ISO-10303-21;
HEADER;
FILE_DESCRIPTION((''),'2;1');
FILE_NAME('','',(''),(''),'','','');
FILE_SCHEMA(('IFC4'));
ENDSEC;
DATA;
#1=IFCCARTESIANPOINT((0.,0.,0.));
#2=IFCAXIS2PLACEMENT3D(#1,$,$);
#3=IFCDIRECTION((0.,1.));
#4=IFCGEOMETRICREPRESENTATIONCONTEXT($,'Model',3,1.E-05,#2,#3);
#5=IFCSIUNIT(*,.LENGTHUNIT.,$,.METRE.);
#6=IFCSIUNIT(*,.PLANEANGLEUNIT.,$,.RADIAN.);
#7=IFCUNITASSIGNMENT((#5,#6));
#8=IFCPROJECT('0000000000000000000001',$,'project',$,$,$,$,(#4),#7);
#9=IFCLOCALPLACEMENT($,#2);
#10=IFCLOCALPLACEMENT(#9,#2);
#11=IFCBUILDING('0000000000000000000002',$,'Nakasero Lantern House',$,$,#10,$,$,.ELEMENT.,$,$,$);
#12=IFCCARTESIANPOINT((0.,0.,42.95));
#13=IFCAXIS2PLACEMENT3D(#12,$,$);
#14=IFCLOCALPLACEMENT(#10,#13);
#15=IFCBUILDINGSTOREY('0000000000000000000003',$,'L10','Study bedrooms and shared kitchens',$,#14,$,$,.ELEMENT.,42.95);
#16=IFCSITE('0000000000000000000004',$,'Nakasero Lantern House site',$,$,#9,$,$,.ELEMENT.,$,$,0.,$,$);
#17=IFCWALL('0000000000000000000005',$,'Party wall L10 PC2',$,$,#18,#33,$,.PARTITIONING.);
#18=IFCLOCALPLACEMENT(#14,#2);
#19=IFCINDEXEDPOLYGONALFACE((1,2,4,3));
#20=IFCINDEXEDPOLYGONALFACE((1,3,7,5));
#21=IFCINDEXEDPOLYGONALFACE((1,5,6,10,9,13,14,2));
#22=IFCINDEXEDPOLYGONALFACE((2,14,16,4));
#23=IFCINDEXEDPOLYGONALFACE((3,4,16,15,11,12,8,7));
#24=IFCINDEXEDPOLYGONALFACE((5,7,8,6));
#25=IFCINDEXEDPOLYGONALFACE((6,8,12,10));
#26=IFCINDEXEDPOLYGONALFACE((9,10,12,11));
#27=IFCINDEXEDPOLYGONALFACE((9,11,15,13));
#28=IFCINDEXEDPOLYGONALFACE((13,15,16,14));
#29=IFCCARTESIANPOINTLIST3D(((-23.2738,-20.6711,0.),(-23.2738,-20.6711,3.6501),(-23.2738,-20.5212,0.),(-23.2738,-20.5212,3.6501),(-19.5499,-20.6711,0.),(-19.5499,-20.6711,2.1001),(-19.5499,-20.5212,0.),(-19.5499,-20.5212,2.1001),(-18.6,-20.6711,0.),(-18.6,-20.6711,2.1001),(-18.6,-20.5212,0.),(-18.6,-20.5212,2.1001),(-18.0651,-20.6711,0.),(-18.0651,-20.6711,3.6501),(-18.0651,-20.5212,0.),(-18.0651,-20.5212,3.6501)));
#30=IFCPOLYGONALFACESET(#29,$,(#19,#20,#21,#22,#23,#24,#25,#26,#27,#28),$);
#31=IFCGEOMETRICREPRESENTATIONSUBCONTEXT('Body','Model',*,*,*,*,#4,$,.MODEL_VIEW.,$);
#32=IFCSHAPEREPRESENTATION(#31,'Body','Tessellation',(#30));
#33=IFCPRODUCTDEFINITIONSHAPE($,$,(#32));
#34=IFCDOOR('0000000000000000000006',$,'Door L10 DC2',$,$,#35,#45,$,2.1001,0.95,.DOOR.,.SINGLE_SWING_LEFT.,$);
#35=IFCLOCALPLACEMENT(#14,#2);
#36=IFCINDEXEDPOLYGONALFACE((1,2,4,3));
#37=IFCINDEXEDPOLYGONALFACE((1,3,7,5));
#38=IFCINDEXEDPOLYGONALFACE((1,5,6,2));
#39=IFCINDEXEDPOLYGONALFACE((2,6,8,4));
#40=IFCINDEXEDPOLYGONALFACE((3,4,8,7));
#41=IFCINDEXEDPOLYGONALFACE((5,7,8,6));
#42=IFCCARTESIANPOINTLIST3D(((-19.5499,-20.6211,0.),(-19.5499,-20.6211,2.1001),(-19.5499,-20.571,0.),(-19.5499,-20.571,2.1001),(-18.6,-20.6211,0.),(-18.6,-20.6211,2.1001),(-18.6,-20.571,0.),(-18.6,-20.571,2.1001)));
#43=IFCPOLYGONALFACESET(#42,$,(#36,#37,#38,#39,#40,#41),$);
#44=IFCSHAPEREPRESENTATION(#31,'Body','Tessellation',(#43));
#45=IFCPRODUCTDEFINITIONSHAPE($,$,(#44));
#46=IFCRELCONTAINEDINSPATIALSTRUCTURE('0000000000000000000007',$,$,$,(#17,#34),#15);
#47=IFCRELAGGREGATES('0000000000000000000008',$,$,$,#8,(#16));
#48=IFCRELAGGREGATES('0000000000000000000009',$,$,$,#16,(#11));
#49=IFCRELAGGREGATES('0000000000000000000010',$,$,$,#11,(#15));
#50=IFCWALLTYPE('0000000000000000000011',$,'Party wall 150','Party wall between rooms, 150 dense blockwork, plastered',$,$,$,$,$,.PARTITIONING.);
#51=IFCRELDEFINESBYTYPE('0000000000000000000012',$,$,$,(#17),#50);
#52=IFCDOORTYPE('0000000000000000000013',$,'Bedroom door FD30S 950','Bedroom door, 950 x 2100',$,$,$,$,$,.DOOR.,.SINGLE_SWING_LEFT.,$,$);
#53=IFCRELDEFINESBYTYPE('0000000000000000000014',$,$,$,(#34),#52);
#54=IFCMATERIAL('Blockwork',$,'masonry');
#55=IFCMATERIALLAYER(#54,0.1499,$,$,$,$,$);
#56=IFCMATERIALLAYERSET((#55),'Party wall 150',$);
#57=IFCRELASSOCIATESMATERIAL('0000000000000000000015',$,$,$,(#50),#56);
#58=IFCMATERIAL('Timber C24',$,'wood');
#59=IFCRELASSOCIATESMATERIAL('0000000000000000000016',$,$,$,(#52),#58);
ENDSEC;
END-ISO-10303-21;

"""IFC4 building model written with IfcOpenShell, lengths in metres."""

from ifc_helpers import new_model, si_unit, direction, frame, frame_2d, origin, place, context, subcontext, project, spatial, rectangle, extrude, material, layer, layer_set, type_object, element, fill, save


model = new_model("IFC4")

# Units and contexts
model_context = context("Model", 3, precision=1e-05, world=origin(), true_north=direction((0.0, 1.0)))
body_context = subcontext(model_context, "Body", "Model", "MODEL_VIEW")
ifc_project = project(units=[si_unit("LENGTHUNIT", "METRE"), si_unit("PLANEANGLEUNIT", "RADIAN")], contexts=[model_context])

# Site, building, storey
site_placement = place(None, origin())
site = spatial("IfcSite", under=ifc_project, at=site_placement, Name="Nakasero Lantern House site", CompositionType="ELEMENT", RefElevation=0.0)
building_placement = place(site_placement, origin())
building = spatial("IfcBuilding", under=site, at=building_placement, Name="Nakasero Lantern House", CompositionType="ELEMENT")
storey_placement = place(building_placement, frame((0.0, 0.0, 42.95)))
storey = spatial("IfcBuildingStorey", under=building, at=storey_placement, Name="L10", Description="Study bedrooms and shared kitchens", CompositionType="ELEMENT", Elevation=42.95)

# Wall, opening, door
ifc_material_1 = material(Name="Blockwork", Category="masonry")
ifc_layer_1 = layer(ifc_material_1, 0.1499)
ifc_layer_set_1 = layer_set([ifc_layer_1], Name="Party wall 150")
wall_type_1 = type_object("IfcWallType", Name="Party wall 150", Description="Party wall between rooms, 150 dense blockwork, plastered", PredefinedType="PARTITIONING", material=ifc_layer_set_1)
wall_1_placement = place(storey_placement, frame((-18.0649, -20.5962, 0.0), z_axis=(0.0, 0.0, 1.0), x_axis=(-1.0, 0.0, 0.0)))
wall_1 = element("IfcWall", 1, at=wall_1_placement, inside=storey, type_object=wall_type_1, Name="Party wall L10 PC2", PredefinedType="PARTITIONING", context=body_context, shape_type="SweptSolid", body=[
    extrude(rectangle(XDim=5.2087, YDim=0.1499, at=frame_2d((2.6045, 0.0))), origin(), (0.0, 0.0, 1.0), 3.6501),
])
opening_1_placement = place(wall_1_placement, frame((0.5349, 0.0, 0.0)))
opening_1 = element("IfcOpeningElement", 2, at=opening_1_placement, cuts=wall_1, PredefinedType="OPENING", context=body_context, shape_type="SweptSolid", body=[
    extrude(rectangle(XDim=0.95, YDim=2.1001, at=frame_2d((0.4751, 1.05))), frame((0.0, 0.095, 0.0), z_axis=(0.0, -1.0, 0.0), x_axis=(1.0, 0.0, 0.0)), (0.0, 0.0, 1.0), 0.1899),
])
ifc_material_2 = material(Name="Timber C24", Category="wood")
door_type_1 = type_object("IfcDoorType", Name="Bedroom door FD30S 950", Description="Bedroom door, 950 x 2100", OperationType="SINGLE_SWING_LEFT", PredefinedType="DOOR", material=ifc_material_2)
door_1_placement = place(opening_1_placement, origin())
door_1 = element("IfcDoor", 3, at=door_1_placement, inside=storey, type_object=door_type_1, Name="Door L10 DC2", OperationType="SINGLE_SWING_LEFT", OverallHeight=2.1001, OverallWidth=0.95, PredefinedType="DOOR", context=body_context, shape_type="SweptSolid", body=[
    extrude(rectangle(XDim=0.95, YDim=2.1001, at=frame_2d((0.4751, 1.05))), frame((0.0, 0.0249, 0.0), z_axis=(0.0, -1.0, 0.0), x_axis=(1.0, 0.0, 0.0)), (0.0, 0.0, 1.0), 0.05),
])
fill(opening_1, door_1)

save(model, "model.ifc")
